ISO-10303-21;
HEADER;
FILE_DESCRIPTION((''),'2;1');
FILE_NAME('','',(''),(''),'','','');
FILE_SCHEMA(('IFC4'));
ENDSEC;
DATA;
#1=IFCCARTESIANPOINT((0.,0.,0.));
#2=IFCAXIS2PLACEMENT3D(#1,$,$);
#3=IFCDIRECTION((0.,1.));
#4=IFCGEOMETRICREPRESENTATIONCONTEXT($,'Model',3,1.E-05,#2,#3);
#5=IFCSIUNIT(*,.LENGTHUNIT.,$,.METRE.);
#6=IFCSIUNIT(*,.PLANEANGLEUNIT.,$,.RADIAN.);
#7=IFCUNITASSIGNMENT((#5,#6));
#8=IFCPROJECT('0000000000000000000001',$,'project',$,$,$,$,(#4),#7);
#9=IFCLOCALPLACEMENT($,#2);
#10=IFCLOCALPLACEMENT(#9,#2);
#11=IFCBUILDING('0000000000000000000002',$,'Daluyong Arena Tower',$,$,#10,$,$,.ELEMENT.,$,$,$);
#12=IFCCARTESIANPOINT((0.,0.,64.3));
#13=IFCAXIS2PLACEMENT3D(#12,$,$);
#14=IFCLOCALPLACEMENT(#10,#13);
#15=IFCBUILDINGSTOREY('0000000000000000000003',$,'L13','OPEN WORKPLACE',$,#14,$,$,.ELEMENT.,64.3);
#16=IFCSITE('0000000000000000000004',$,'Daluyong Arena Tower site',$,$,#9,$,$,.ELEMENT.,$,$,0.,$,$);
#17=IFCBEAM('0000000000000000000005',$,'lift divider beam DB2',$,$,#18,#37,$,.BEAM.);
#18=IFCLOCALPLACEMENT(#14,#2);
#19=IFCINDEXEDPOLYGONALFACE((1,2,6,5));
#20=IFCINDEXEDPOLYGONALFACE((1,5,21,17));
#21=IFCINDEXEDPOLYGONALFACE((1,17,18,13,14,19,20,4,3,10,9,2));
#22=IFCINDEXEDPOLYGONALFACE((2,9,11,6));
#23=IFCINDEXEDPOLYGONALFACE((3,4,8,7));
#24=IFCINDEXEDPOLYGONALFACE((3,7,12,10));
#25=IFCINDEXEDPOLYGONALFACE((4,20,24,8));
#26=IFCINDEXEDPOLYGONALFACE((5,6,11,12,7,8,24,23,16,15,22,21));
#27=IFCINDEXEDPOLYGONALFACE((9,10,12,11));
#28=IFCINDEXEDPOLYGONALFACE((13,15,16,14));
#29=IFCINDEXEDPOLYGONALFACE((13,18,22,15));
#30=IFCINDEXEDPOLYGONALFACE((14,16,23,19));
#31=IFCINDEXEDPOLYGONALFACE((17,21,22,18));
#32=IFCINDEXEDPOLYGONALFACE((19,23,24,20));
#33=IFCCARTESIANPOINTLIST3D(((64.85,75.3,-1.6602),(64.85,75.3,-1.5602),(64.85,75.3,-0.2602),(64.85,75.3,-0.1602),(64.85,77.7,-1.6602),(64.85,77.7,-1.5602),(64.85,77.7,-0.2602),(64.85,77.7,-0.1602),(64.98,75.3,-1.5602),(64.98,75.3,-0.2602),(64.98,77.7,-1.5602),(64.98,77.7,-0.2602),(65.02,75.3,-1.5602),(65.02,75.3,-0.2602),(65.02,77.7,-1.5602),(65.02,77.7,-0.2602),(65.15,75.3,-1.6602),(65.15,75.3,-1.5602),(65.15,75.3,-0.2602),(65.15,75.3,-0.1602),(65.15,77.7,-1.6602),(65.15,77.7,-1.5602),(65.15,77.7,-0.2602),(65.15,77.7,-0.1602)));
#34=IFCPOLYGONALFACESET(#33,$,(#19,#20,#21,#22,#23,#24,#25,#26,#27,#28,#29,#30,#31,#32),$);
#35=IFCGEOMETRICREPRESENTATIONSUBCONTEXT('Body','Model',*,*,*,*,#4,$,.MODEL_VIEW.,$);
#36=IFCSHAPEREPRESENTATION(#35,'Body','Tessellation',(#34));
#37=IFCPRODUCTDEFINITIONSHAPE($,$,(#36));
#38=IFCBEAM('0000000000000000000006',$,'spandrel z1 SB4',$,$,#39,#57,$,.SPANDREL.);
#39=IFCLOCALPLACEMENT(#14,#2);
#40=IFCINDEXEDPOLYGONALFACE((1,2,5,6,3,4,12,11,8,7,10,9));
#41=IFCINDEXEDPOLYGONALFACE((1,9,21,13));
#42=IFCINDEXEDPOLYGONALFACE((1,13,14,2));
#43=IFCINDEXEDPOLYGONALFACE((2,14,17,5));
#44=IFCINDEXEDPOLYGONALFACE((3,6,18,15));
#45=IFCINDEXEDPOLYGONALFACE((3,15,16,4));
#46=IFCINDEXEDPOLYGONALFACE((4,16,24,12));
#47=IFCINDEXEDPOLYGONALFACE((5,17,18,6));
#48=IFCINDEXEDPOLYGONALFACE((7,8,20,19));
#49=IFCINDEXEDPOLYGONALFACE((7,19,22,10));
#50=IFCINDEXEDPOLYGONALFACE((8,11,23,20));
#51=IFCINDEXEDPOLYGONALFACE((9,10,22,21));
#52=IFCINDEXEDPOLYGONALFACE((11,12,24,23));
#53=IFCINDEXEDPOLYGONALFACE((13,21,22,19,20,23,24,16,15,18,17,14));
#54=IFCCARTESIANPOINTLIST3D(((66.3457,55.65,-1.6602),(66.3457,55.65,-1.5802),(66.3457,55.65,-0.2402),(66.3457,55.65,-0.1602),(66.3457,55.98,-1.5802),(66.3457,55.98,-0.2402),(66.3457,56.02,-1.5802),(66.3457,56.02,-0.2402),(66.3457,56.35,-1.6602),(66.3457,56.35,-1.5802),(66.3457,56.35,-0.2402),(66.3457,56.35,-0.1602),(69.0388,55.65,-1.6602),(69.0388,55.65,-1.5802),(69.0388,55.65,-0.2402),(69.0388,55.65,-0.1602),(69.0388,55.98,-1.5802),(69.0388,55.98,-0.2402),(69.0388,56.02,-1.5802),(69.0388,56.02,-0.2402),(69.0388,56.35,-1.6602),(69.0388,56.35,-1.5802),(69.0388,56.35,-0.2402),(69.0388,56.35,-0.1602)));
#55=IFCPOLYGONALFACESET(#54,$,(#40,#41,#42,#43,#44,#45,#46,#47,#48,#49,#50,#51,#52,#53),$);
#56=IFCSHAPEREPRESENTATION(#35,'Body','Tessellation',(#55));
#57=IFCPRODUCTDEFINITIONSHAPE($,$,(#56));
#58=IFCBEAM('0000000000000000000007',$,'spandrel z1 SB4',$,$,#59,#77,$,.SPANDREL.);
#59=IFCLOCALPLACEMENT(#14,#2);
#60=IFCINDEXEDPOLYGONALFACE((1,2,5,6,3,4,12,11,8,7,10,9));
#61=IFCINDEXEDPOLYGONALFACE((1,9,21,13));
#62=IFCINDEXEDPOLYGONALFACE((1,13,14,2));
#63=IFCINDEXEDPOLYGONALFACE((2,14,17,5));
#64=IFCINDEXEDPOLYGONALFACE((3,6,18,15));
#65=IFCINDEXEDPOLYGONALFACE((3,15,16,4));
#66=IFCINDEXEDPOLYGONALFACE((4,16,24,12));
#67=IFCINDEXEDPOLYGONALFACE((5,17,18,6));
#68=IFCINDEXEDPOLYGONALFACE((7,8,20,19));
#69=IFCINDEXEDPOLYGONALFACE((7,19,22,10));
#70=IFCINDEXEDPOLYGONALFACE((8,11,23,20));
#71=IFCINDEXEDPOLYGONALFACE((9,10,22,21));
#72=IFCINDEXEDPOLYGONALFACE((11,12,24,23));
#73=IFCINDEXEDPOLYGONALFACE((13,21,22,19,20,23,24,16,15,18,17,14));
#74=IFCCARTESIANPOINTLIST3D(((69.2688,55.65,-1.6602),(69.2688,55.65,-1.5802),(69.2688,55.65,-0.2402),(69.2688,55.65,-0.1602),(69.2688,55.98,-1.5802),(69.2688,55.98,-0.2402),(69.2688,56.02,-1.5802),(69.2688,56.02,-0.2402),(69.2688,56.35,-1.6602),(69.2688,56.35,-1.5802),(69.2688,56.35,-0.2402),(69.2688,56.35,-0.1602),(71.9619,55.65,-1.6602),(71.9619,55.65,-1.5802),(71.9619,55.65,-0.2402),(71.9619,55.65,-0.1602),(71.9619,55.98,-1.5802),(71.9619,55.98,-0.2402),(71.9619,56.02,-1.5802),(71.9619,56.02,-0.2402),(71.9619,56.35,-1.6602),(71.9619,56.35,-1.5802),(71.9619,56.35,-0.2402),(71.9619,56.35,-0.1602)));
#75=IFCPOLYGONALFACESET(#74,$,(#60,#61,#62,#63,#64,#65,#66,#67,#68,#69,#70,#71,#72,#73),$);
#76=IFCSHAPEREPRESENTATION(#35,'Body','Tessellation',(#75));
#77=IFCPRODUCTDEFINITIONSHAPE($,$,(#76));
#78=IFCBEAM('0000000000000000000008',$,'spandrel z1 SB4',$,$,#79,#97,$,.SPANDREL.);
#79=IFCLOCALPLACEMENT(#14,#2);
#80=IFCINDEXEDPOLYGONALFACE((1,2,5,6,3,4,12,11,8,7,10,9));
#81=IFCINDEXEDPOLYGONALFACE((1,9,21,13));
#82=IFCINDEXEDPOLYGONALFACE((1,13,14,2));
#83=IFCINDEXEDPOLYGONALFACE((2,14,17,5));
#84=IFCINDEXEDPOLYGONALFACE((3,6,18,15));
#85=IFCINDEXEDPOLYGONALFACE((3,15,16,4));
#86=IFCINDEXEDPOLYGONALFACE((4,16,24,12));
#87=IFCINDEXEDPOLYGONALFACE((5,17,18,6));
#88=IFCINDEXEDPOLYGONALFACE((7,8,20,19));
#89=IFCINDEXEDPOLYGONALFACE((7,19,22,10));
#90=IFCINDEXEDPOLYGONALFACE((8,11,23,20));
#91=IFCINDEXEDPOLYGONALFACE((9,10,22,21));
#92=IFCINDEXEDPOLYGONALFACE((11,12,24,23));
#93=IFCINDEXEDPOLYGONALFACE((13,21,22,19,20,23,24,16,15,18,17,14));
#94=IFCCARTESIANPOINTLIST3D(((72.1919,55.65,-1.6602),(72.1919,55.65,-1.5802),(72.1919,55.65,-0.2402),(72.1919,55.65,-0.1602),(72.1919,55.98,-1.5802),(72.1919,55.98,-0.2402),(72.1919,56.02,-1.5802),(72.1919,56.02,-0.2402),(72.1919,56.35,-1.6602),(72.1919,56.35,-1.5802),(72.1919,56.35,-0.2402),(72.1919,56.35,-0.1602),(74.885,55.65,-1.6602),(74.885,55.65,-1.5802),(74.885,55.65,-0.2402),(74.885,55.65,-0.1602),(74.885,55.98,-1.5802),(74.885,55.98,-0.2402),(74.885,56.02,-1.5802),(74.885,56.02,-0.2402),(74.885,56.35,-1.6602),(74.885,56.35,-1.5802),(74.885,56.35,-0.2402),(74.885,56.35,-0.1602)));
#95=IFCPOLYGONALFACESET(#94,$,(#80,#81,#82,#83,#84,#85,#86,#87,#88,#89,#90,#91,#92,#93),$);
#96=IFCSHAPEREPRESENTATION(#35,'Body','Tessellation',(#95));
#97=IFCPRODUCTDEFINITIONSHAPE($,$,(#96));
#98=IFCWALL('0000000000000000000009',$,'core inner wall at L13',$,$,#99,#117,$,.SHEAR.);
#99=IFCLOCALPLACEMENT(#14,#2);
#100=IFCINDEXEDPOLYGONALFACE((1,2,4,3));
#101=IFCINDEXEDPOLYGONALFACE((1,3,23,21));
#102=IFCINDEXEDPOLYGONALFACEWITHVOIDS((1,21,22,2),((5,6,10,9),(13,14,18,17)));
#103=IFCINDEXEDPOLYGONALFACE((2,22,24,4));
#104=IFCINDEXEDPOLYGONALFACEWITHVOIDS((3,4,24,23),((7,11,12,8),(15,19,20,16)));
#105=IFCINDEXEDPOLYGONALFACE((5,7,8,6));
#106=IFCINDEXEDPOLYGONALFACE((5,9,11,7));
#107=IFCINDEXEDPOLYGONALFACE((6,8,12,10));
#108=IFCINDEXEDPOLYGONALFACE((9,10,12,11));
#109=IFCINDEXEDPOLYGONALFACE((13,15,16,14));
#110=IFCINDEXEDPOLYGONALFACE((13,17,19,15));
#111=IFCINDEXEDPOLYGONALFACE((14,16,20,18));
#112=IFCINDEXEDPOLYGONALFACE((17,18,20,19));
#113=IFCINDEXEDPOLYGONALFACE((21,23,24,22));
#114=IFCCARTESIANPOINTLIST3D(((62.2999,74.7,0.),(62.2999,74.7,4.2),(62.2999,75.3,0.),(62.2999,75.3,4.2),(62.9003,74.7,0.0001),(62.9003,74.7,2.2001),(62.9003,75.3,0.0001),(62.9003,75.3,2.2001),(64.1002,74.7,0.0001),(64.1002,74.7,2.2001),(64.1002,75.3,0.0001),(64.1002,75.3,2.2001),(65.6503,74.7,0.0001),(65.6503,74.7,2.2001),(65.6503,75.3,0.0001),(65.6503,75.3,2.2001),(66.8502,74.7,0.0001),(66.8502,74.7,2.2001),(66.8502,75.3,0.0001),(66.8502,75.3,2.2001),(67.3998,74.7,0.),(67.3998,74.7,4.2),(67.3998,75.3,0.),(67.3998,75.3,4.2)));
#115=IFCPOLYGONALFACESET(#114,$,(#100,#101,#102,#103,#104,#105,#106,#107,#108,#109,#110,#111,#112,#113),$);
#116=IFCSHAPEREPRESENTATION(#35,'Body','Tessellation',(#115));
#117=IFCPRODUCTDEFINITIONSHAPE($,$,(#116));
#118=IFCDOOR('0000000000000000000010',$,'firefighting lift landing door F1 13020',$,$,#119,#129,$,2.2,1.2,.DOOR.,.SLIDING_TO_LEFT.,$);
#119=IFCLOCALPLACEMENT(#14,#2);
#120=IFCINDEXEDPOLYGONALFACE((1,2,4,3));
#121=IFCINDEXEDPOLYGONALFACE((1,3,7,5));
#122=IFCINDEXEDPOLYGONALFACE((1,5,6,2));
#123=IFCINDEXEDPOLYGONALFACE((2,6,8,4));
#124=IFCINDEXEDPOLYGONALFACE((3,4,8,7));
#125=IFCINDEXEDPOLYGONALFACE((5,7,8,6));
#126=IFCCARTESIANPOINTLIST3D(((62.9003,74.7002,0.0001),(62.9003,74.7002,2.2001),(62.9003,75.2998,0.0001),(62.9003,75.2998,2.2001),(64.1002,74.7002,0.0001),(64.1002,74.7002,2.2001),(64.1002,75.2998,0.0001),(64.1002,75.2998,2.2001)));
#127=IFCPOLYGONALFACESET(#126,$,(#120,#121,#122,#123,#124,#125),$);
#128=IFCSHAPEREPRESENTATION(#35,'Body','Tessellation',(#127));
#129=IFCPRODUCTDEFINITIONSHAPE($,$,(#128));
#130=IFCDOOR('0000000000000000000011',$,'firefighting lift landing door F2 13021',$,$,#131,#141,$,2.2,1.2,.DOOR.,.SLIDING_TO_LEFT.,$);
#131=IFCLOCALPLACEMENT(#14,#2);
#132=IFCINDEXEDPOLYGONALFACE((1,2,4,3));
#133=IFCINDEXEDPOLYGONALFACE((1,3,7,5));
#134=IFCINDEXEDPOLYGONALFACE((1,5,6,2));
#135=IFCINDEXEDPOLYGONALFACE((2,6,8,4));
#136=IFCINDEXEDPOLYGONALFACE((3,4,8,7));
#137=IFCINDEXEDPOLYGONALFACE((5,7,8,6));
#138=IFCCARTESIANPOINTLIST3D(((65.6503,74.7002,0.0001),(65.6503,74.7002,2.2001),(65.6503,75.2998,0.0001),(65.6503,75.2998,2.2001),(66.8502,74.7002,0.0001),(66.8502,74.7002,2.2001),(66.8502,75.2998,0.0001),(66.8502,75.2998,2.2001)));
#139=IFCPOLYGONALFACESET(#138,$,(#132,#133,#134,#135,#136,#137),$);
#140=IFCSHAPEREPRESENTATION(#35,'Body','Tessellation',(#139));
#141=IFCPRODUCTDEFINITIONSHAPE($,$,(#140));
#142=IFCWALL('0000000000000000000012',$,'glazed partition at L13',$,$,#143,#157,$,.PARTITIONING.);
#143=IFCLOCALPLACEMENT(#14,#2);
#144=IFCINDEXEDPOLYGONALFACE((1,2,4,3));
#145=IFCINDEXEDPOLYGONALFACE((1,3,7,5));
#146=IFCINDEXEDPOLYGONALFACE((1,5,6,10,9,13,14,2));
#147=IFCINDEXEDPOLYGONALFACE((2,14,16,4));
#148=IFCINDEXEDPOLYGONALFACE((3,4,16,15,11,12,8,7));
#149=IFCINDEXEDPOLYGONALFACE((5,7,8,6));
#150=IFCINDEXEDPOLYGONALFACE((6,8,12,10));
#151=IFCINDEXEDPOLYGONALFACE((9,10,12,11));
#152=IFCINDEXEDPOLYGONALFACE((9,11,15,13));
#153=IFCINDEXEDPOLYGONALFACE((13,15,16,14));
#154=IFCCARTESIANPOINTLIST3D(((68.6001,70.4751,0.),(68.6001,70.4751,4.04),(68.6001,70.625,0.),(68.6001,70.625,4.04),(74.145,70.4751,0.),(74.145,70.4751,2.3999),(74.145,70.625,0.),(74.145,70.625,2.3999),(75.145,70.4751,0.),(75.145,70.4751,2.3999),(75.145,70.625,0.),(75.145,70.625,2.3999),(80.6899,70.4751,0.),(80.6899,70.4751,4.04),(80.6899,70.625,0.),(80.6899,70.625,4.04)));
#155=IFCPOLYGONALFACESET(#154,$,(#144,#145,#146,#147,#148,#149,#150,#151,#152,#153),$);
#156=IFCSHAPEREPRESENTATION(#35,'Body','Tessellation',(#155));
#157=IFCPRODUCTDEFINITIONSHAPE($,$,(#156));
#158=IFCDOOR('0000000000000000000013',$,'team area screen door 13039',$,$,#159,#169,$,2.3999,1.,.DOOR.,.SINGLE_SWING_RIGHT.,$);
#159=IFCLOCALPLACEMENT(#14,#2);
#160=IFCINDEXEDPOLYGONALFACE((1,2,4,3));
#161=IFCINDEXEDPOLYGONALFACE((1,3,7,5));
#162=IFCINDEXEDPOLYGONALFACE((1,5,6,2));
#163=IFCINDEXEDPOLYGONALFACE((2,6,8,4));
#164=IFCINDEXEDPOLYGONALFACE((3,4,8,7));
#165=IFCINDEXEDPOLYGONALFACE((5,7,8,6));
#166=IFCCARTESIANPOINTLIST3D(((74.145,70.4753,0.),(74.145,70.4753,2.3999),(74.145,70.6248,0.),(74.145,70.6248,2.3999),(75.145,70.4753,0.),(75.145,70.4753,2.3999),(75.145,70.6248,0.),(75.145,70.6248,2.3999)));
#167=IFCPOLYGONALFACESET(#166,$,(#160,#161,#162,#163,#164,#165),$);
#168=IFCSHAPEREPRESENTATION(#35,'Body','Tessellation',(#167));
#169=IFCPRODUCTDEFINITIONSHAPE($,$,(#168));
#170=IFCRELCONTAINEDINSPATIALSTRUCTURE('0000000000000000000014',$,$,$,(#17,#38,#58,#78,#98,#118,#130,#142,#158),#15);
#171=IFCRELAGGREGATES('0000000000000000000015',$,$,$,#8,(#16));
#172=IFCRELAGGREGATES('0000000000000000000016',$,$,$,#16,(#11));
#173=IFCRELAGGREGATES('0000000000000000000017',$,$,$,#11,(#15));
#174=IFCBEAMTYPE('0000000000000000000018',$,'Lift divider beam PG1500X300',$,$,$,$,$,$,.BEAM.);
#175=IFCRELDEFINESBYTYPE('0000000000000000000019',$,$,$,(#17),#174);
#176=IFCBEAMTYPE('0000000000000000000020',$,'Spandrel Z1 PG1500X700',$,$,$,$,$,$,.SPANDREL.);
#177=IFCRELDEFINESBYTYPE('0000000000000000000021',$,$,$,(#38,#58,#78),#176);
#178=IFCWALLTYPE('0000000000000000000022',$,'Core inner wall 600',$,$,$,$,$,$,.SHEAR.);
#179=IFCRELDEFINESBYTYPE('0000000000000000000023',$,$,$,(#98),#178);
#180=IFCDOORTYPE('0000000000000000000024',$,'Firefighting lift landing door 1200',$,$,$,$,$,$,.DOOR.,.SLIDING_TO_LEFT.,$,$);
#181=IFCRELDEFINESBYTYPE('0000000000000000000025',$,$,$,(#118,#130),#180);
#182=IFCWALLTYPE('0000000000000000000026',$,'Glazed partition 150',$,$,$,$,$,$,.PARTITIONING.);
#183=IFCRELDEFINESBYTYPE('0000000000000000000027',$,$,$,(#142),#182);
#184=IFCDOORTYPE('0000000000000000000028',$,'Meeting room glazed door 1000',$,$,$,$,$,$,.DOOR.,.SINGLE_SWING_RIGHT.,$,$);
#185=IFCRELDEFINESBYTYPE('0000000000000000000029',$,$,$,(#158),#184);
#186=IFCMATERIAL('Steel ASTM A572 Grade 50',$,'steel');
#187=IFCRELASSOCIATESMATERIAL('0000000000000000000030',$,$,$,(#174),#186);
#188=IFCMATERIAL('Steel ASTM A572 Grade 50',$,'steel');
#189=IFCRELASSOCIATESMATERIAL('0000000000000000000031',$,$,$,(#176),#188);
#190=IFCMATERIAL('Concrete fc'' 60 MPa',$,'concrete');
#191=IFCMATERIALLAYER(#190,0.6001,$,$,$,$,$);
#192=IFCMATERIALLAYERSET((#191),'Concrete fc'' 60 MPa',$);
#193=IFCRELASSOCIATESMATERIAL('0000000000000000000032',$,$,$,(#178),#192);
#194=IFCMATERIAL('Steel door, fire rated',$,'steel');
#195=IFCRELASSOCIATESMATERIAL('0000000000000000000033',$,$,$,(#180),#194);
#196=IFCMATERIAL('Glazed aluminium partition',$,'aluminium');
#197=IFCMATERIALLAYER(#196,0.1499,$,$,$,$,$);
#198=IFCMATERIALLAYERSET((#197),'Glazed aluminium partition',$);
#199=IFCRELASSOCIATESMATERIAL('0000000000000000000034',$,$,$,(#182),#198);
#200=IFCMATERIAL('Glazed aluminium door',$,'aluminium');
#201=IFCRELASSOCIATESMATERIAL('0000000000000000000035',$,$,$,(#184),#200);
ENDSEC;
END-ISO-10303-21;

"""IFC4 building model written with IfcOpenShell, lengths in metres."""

from ifc_helpers import new_model, si_unit, direction, frame, frame_2d, origin, origin_2d, place, context, subcontext, project, spatial, rectangle, i_section, extrude, material, layer, layer_set, material_profile, profile_set, type_object, element, fill, save


model = new_model("IFC4")

# Units and contexts
model_context = context("Model", 3, precision=1e-05, world=origin(), true_north=direction((0.0, 1.0)))
body_context = subcontext(model_context, "Body", "Model", "MODEL_VIEW")
ifc_project = project(units=[si_unit("LENGTHUNIT", "METRE"), si_unit("PLANEANGLEUNIT", "RADIAN")], contexts=[model_context])

# Site, building, storey
site_placement = place(None, origin())
site = spatial("IfcSite", under=ifc_project, at=site_placement, Name="Daluyong Arena Tower site", CompositionType="ELEMENT", RefElevation=0.0)
building_placement = place(site_placement, origin())
building = spatial("IfcBuilding", under=site, at=building_placement, Name="Daluyong Arena Tower", CompositionType="ELEMENT")
storey_placement = place(building_placement, frame((0.0, 0.0, 64.3)))
storey = spatial("IfcBuildingStorey", under=building, at=storey_placement, Name="L13", Description="OPEN WORKPLACE", CompositionType="ELEMENT", Elevation=64.3)

# Beams
ifc_material_1 = material(Name="Steel ASTM A572 Grade 50", Category="steel")
ifc_material_profile_1 = material_profile(ifc_material_1, i_section(OverallWidth=0.3, OverallDepth=1.5, WebThickness=0.04, FlangeThickness=0.1, at=origin_2d()))
ifc_profile_set_1 = profile_set([ifc_material_profile_1], Name="Steel ASTM A572 Grade 50")
beam_type_1 = type_object("IfcBeamType", Name="Lift divider beam PG1500X300", PredefinedType="BEAM", material=ifc_profile_set_1)
beam_1_placement = place(storey_placement, frame((65.0, 75.3, -0.9102), z_axis=(0.0, 1.0, 0.0), x_axis=(-1.0, 0.0, 0.0)))
element("IfcBeam", 1, at=beam_1_placement, inside=storey, type_object=beam_type_1, Name="lift divider beam DB2", PredefinedType="BEAM", context=body_context, shape_type="SweptSolid", body=[
    extrude(i_section(OverallWidth=0.3, OverallDepth=1.5, WebThickness=0.04, FlangeThickness=0.1, at=origin_2d()), origin(), (0.0, 0.0, 1.0), 2.3999),
])
ifc_material_2 = material(Name="Steel ASTM A572 Grade 50", Category="steel")
ifc_material_profile_2 = material_profile(ifc_material_2, i_section(OverallWidth=0.7, OverallDepth=1.5, WebThickness=0.04, FlangeThickness=0.08, at=origin_2d()))
ifc_profile_set_2 = profile_set([ifc_material_profile_2], Name="Steel ASTM A572 Grade 50")
beam_type_2 = type_object("IfcBeamType", Name="Spandrel Z1 PG1500X700", PredefinedType="SPANDREL", material=ifc_profile_set_2)
for number, where, z_axis, x_axis, name in (
    (2, (66.3457, 56.0, -0.9102), (1.0, 0.0, 0.0), (0.0, 1.0, 0.0), "spandrel z1 SB4"),
    (3, (69.2688, 56.0, -0.9102), (1.0, 0.0, 0.0), (0.0, 1.0, 0.0), "spandrel z1 SB4"),
    (4, (72.1919, 56.0, -0.9102), (1.0, 0.0, 0.0), (0.0, 1.0, 0.0), "spandrel z1 SB4"),
):
    element("IfcBeam", number, at=place(storey_placement, frame(where, z_axis=z_axis, x_axis=x_axis)), inside=storey, type_object=beam_type_2, Name=name, PredefinedType="SPANDREL", context=body_context, shape_type="SweptSolid", body=[
        extrude(i_section(OverallWidth=0.7, OverallDepth=1.5, WebThickness=0.04, FlangeThickness=0.08, at=origin_2d()), origin(), (0.0, 0.0, 1.0), 2.6931),
    ])

# Shared definitions
ifc_material_3 = material(Name="Concrete fc' 60 MPa", Category="concrete")
ifc_layer_1 = layer(ifc_material_3, 0.6001)
ifc_layer_set_1 = layer_set([ifc_layer_1], Name="Concrete fc' 60 MPa")
wall_type_1 = type_object("IfcWallType", Name="Core inner wall 600", PredefinedType="SHEAR", material=ifc_layer_set_1)

# Wall, openings, doors
wall_1_placement = place(storey_placement, frame((62.3, 75.0, 0.0), z_axis=(0.0, 0.0, 1.0), x_axis=(1.0, 0.0, 0.0)))
wall_1 = element("IfcWall", 5, at=wall_1_placement, inside=storey, type_object=wall_type_1, Name="core inner wall at L13", PredefinedType="SHEAR", context=body_context, shape_type="SweptSolid", body=[
    extrude(rectangle(XDim=5.0999, YDim=0.6001, at=frame_2d((2.5498, 0.0))), origin(), (0.0, 0.0, 1.0), 4.2),
])
opening_1_placement = place(wall_1_placement, frame((0.6001, 0.0, 0.0)))
opening_1 = element("IfcOpeningElement", 6, at=opening_1_placement, cuts=wall_1, PredefinedType="OPENING", context=body_context, shape_type="SweptSolid", body=[
    extrude(rectangle(XDim=1.2, YDim=2.2, at=frame_2d((0.6001, 1.1001))), frame((0.0, 0.3101, 0.0), z_axis=(0.0, -1.0, 0.0), x_axis=(1.0, 0.0, 0.0)), (0.0, 0.0, 1.0), 0.6201),
])
opening_2_placement = place(wall_1_placement, frame((3.3501, 0.0, 0.0)))
opening_2 = element("IfcOpeningElement", 7, at=opening_2_placement, cuts=wall_1, PredefinedType="OPENING", context=body_context, shape_type="SweptSolid", body=[
    extrude(rectangle(XDim=1.2, YDim=2.2, at=frame_2d((0.6001, 1.1001))), frame((0.0, 0.3101, 0.0), z_axis=(0.0, -1.0, 0.0), x_axis=(1.0, 0.0, 0.0)), (0.0, 0.0, 1.0), 0.6201),
])
ifc_material_4 = material(Name="Steel door, fire rated", Category="steel")
door_type_1 = type_object("IfcDoorType", Name="Firefighting lift landing door 1200", OperationType="SLIDING_TO_LEFT", PredefinedType="DOOR", material=ifc_material_4)
door_1_placement = place(opening_1_placement, origin())
door_1 = element("IfcDoor", 8, at=door_1_placement, inside=storey, type_object=door_type_1, Name="firefighting lift landing door F1 13020", OperationType="SLIDING_TO_LEFT", OverallHeight=2.2, OverallWidth=1.2, PredefinedType="DOOR", context=body_context, shape_type="SweptSolid", body=[
    extrude(rectangle(XDim=1.2, YDim=2.2, at=frame_2d((0.6001, 1.1001))), frame((0.0, 0.2998, 0.0), z_axis=(0.0, -1.0, 0.0), x_axis=(1.0, 0.0, 0.0)), (0.0, 0.0, 1.0), 0.5996),
])
fill(opening_1, door_1)
door_2_placement = place(opening_2_placement, origin())
door_2 = element("IfcDoor", 9, at=door_2_placement, inside=storey, type_object=door_type_1, Name="firefighting lift landing door F2 13021", OperationType="SLIDING_TO_LEFT", OverallHeight=2.2, OverallWidth=1.2, PredefinedType="DOOR", context=body_context, shape_type="SweptSolid", body=[
    extrude(rectangle(XDim=1.2, YDim=2.2, at=frame_2d((0.6001, 1.1001))), frame((0.0, 0.2998, 0.0), z_axis=(0.0, -1.0, 0.0), x_axis=(1.0, 0.0, 0.0)), (0.0, 0.0, 1.0), 0.5996),
])
fill(opening_2, door_2)

# Wall, opening, door
ifc_material_5 = material(Name="Glazed aluminium partition", Category="aluminium")
ifc_layer_2 = layer(ifc_material_5, 0.1499)
ifc_layer_set_2 = layer_set([ifc_layer_2], Name="Glazed aluminium partition")
wall_type_2 = type_object("IfcWallType", Name="Glazed partition 150", PredefinedType="PARTITIONING", material=ifc_layer_set_2)
wall_2_placement = place(storey_placement, frame((68.6001, 70.55, 0.0), z_axis=(0.0, 0.0, 1.0), x_axis=(1.0, 0.0, 0.0)))
wall_2 = element("IfcWall", 10, at=wall_2_placement, inside=storey, type_object=wall_type_2, Name="glazed partition at L13", PredefinedType="PARTITIONING", context=body_context, shape_type="SweptSolid", body=[
    extrude(rectangle(XDim=12.0898, YDim=0.1499, at=frame_2d((6.0449, 0.0))), origin(), (0.0, 0.0, 1.0), 4.04),
])
opening_3_placement = place(wall_2_placement, frame((5.5449, 0.0, 0.0)))
opening_3 = element("IfcOpeningElement", 11, at=opening_3_placement, cuts=wall_2, PredefinedType="OPENING", context=body_context, shape_type="SweptSolid", body=[
    extrude(rectangle(XDim=1.0, YDim=2.3999, at=frame_2d((0.5, 1.2))), frame((0.0, 0.085, 0.0), z_axis=(0.0, -1.0, 0.0), x_axis=(1.0, 0.0, 0.0)), (0.0, 0.0, 1.0), 0.1699),
])
ifc_material_6 = material(Name="Glazed aluminium door", Category="aluminium")
door_type_2 = type_object("IfcDoorType", Name="Meeting room glazed door 1000", OperationType="SINGLE_SWING_RIGHT", PredefinedType="DOOR", material=ifc_material_6)
door_3_placement = place(opening_3_placement, origin())
door_3 = element("IfcDoor", 12, at=door_3_placement, inside=storey, type_object=door_type_2, Name="team area screen door 13039", OperationType="SINGLE_SWING_RIGHT", OverallHeight=2.3999, OverallWidth=1.0, PredefinedType="DOOR", context=body_context, shape_type="SweptSolid", body=[
    extrude(rectangle(XDim=1.0, YDim=2.3999, at=frame_2d((0.5, 1.2))), frame((0.0, 0.0747, 0.0), z_axis=(0.0, -1.0, 0.0), x_axis=(1.0, 0.0, 0.0)), (0.0, 0.0, 1.0), 0.1494),
])
fill(opening_3, door_3)

save(model, "model.ifc")
